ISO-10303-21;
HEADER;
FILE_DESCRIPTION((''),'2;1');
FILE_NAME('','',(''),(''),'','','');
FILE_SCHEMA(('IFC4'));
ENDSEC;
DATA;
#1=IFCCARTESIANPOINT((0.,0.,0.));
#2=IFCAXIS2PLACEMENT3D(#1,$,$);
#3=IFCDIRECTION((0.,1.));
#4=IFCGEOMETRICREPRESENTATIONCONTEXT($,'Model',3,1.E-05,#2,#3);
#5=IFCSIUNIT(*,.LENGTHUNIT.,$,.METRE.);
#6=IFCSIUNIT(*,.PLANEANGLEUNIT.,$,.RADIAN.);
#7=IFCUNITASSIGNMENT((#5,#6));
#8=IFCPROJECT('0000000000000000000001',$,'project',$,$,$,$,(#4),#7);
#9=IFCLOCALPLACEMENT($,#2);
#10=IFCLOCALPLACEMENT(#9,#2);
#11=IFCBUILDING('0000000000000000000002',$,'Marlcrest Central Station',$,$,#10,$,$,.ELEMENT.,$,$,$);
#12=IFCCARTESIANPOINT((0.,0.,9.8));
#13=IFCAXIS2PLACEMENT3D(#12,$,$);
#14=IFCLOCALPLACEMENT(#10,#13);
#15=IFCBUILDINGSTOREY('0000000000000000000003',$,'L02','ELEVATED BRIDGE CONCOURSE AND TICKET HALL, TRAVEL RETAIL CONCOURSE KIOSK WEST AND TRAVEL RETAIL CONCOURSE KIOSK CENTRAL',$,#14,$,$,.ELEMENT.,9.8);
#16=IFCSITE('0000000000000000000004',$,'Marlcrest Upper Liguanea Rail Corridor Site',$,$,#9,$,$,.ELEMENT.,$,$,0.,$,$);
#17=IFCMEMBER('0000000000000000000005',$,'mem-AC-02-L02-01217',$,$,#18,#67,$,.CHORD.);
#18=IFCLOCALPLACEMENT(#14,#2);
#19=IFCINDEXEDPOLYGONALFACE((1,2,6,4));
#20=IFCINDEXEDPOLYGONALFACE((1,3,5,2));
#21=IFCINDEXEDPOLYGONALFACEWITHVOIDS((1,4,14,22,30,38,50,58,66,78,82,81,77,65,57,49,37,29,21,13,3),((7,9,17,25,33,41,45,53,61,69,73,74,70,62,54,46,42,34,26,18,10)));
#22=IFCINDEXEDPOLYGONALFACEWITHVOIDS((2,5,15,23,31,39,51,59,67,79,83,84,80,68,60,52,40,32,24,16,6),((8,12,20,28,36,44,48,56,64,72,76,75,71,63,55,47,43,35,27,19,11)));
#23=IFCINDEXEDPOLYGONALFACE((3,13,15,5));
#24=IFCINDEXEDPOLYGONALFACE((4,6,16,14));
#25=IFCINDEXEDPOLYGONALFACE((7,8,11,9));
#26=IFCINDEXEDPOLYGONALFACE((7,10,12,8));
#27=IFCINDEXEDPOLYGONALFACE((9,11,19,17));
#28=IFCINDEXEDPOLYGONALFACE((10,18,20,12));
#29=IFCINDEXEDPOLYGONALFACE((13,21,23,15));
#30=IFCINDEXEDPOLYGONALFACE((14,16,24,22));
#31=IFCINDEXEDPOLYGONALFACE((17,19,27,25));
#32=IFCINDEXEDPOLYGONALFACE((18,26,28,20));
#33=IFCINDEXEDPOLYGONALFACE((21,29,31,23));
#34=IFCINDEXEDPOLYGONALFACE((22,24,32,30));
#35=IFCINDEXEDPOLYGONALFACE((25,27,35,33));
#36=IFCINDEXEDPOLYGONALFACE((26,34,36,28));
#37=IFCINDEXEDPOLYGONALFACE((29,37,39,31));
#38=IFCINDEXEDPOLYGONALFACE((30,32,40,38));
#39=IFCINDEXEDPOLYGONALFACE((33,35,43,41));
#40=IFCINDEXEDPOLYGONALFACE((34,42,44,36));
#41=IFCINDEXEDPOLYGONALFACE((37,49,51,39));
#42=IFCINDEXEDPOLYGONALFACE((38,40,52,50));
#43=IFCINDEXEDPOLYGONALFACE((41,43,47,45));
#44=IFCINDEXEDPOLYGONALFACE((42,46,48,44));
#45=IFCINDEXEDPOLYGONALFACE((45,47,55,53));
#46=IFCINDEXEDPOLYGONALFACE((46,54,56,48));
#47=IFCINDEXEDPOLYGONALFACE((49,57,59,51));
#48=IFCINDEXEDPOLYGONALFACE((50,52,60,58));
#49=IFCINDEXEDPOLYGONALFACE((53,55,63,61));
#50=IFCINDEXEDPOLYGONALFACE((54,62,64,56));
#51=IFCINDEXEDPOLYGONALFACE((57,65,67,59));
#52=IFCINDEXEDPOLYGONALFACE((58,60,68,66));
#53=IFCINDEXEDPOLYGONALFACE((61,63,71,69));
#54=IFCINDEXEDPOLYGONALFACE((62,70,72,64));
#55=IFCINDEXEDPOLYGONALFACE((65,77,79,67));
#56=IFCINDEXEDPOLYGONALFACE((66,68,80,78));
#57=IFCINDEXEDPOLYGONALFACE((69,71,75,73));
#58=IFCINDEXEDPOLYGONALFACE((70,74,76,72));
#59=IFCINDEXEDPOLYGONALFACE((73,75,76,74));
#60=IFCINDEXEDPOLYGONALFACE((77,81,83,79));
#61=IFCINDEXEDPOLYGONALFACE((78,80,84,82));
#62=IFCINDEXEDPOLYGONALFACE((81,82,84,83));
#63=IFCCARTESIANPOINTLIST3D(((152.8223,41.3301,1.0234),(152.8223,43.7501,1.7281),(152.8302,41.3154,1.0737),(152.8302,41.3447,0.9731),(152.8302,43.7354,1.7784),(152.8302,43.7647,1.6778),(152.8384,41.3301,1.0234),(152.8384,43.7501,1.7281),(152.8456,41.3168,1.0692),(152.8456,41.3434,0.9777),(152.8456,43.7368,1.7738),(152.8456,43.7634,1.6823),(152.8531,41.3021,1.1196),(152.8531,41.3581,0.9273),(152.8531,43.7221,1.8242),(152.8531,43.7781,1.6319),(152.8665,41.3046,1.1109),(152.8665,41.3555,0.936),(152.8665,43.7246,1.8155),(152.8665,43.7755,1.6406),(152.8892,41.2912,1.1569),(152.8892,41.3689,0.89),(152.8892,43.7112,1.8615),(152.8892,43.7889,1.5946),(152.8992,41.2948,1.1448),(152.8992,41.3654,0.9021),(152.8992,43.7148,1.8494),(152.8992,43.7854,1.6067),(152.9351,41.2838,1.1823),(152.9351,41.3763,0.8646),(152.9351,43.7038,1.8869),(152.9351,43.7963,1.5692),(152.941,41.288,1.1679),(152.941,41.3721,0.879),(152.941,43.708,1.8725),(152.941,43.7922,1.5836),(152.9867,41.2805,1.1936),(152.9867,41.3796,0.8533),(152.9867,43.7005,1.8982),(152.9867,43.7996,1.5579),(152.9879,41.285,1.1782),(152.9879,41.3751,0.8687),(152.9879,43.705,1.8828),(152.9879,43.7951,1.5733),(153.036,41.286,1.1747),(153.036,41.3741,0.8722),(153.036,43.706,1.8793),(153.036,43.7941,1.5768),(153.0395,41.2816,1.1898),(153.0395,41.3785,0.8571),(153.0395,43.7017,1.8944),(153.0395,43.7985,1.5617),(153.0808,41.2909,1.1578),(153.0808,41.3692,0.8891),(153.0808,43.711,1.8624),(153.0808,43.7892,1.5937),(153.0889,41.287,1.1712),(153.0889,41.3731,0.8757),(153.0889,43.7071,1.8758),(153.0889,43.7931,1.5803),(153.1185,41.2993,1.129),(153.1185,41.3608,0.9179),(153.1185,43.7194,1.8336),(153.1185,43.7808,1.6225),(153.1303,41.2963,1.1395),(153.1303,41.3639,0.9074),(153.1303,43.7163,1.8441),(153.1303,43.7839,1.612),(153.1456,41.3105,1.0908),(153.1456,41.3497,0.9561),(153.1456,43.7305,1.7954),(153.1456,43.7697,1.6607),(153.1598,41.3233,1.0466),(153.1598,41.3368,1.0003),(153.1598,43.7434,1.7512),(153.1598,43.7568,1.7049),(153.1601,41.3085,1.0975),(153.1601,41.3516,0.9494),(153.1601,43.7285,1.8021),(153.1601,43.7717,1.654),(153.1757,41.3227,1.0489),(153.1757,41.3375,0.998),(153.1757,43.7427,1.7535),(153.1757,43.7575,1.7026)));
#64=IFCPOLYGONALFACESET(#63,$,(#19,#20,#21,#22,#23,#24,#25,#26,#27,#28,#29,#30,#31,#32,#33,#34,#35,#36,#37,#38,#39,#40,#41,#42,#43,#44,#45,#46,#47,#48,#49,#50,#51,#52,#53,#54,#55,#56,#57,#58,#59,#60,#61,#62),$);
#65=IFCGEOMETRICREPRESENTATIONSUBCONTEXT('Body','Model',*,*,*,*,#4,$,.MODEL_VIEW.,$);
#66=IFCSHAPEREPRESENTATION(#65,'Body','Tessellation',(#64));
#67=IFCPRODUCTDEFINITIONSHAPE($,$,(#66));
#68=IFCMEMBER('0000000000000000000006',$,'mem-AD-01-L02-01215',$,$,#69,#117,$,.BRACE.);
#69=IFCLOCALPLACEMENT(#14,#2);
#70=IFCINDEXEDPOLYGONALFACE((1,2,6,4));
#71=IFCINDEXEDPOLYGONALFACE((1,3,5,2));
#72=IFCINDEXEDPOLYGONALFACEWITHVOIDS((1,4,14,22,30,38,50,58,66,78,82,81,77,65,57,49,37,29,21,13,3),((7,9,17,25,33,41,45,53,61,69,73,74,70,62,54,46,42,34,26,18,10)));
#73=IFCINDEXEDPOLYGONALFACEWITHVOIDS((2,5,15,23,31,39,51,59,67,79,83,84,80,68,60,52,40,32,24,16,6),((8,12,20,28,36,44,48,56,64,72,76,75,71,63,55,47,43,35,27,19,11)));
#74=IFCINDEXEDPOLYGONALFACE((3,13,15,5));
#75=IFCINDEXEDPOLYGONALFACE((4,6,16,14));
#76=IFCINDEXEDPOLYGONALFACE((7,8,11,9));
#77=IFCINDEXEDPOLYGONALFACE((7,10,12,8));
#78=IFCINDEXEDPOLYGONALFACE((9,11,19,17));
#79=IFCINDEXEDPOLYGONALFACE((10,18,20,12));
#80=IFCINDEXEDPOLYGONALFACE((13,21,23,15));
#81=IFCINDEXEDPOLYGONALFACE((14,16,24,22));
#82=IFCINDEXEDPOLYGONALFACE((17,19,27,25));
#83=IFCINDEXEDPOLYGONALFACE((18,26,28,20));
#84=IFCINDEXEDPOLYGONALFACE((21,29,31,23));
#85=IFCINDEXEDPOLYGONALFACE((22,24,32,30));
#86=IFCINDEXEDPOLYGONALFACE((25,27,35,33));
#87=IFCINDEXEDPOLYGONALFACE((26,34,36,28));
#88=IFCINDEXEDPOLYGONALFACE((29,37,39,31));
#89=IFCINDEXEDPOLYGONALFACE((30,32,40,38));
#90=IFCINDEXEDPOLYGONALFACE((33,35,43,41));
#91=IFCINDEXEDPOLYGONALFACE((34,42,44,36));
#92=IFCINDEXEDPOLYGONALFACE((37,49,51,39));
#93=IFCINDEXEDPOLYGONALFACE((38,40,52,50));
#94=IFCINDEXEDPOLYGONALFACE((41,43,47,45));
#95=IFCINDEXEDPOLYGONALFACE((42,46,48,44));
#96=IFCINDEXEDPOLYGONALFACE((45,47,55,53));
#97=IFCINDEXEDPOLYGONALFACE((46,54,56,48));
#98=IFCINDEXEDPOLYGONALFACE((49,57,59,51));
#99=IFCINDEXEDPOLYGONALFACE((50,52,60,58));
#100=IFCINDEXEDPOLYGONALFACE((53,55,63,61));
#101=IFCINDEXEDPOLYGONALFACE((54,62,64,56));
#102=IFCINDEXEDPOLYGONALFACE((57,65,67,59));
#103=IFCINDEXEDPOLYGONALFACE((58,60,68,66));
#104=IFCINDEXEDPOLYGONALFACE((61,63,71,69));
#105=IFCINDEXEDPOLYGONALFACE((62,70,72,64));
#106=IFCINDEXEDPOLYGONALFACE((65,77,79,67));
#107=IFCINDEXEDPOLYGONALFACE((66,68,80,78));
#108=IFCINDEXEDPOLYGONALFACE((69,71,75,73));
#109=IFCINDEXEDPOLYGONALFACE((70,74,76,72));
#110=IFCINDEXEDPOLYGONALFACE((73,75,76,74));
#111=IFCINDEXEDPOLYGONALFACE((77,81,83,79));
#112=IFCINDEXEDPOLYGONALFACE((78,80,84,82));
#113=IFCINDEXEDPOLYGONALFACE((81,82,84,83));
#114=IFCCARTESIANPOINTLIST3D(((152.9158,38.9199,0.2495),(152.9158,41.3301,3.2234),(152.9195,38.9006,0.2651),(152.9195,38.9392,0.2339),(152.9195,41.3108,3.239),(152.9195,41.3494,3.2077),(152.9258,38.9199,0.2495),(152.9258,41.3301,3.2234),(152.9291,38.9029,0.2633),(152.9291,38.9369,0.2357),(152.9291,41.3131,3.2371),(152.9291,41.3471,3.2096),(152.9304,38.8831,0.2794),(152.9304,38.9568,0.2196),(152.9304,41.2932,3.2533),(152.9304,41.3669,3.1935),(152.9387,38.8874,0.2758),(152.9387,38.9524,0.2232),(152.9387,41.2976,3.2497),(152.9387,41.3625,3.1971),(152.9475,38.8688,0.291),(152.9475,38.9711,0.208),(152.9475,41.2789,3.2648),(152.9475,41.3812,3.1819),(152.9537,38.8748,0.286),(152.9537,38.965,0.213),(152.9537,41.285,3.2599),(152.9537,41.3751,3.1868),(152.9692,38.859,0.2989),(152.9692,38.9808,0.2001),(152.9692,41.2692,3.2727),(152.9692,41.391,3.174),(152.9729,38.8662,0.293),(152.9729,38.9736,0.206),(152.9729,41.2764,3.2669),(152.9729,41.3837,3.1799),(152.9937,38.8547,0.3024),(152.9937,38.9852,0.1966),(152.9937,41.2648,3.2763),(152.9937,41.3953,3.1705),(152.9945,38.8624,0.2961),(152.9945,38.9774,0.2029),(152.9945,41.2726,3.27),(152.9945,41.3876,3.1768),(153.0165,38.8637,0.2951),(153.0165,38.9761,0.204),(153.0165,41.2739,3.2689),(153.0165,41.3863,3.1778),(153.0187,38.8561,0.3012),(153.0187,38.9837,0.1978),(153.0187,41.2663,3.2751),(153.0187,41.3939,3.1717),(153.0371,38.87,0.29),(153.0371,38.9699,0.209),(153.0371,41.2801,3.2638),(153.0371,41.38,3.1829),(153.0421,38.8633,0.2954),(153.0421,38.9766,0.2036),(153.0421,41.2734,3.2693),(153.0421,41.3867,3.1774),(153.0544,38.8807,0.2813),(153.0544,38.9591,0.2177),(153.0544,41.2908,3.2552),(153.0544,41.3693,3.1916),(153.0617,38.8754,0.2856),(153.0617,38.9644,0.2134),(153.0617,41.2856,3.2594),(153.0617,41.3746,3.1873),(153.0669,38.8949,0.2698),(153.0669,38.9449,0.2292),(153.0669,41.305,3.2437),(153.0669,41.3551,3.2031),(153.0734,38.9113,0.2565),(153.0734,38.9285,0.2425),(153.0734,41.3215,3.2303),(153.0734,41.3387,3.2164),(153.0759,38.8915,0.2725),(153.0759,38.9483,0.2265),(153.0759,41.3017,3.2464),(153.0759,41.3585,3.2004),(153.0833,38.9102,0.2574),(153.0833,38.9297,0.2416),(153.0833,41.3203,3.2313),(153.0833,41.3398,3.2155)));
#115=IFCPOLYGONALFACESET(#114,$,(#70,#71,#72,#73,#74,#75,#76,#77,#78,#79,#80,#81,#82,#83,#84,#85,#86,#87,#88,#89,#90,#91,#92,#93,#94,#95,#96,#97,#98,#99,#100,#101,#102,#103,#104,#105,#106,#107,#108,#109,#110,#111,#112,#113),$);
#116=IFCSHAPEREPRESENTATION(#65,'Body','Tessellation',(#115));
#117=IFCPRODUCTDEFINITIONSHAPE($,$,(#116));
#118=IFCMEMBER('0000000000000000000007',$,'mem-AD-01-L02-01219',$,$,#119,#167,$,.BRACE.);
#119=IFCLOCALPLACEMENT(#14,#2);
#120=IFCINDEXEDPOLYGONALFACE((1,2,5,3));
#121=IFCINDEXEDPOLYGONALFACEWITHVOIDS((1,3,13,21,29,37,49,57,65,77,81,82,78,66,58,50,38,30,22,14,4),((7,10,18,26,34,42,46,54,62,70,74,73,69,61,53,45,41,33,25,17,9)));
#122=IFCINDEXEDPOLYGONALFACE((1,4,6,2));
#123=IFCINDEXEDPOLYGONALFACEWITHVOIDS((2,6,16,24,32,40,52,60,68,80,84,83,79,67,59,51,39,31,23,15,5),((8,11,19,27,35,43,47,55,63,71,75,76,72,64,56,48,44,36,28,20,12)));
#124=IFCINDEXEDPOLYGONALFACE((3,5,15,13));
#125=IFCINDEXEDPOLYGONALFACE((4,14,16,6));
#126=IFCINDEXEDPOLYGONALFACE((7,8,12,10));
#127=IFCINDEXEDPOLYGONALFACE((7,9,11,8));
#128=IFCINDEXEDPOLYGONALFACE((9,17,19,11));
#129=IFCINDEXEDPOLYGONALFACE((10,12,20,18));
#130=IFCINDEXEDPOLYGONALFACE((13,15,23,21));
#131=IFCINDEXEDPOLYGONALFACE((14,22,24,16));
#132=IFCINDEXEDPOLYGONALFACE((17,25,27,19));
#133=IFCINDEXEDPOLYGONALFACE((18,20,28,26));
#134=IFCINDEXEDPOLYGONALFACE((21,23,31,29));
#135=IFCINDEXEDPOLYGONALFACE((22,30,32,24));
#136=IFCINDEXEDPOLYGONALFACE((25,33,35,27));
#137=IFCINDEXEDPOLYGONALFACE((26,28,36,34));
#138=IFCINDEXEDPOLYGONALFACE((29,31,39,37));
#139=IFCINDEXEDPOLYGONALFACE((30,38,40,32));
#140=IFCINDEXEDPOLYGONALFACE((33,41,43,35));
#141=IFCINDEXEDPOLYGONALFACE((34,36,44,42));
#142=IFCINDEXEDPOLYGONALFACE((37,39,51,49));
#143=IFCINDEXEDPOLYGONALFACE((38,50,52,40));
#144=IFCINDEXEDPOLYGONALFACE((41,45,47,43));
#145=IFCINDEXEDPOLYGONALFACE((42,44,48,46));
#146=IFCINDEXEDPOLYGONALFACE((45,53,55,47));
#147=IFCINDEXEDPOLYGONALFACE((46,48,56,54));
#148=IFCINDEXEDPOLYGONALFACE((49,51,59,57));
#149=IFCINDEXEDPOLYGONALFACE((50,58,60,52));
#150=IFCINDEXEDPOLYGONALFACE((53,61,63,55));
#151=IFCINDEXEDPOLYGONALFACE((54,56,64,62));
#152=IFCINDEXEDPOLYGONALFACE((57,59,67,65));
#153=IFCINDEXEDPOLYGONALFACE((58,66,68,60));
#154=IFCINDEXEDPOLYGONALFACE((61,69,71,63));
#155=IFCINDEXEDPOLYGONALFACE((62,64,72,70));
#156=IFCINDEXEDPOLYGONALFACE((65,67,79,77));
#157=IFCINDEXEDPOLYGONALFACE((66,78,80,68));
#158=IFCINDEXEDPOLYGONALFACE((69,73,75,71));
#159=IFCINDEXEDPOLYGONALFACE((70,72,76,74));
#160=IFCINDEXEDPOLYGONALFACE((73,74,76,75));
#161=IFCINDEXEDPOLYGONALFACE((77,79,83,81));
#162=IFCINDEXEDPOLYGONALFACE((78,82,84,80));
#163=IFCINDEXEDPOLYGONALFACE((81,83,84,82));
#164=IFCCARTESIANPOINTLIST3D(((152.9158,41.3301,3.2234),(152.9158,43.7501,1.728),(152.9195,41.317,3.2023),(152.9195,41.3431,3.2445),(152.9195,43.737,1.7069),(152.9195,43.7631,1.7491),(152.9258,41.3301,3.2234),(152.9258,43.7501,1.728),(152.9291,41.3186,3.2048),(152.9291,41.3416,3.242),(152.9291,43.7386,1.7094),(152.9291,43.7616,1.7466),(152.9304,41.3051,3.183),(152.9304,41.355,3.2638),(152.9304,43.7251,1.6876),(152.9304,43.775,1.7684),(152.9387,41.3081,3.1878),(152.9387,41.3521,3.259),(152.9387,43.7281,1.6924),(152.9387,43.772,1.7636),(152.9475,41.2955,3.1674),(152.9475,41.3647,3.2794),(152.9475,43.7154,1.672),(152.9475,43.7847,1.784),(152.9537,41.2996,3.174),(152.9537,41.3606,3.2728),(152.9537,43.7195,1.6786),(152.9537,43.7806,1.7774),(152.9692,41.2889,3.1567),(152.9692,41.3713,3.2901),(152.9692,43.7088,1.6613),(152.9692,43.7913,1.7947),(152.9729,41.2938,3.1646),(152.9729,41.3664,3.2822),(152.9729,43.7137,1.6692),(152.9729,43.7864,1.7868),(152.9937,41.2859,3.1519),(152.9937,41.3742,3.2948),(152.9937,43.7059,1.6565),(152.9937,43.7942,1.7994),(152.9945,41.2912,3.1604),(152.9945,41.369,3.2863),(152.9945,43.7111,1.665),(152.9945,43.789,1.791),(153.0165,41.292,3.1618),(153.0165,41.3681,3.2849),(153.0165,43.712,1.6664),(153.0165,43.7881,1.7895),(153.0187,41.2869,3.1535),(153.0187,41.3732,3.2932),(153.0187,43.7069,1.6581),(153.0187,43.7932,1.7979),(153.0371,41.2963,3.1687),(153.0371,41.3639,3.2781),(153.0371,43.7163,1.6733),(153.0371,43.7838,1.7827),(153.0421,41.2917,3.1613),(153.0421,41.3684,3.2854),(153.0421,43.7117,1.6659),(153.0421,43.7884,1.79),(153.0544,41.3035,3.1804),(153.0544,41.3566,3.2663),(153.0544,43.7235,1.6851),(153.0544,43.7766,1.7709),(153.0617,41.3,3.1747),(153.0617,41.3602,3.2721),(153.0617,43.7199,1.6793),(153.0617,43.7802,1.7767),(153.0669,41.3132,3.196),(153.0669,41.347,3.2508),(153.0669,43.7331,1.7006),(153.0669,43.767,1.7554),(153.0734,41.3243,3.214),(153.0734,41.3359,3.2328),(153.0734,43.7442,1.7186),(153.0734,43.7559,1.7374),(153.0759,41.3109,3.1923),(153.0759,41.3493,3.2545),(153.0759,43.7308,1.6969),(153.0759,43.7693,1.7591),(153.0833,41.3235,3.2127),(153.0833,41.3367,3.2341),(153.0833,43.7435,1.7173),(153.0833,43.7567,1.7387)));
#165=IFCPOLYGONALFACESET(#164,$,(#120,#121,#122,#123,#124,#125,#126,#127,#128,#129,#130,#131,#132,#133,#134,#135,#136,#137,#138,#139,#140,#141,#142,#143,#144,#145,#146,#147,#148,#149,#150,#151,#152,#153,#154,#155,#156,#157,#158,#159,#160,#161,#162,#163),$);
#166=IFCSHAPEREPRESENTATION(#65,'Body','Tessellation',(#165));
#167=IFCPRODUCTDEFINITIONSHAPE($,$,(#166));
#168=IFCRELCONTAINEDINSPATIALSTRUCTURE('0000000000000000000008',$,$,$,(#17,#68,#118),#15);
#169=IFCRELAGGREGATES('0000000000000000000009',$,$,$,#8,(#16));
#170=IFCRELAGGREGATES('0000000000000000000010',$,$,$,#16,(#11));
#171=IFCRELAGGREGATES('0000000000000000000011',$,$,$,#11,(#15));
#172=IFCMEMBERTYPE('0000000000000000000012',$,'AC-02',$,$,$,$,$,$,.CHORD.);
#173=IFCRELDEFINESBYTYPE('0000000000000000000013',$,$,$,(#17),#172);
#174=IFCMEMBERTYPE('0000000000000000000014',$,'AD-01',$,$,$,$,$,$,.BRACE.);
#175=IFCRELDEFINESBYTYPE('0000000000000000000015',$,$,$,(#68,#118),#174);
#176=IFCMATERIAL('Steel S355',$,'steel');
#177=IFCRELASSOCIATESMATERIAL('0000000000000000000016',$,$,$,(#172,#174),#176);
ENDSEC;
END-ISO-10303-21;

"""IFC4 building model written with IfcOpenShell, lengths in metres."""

from ifc_helpers import new_model, si_unit, direction, frame, origin, origin_2d, place, context, subcontext, project, spatial, hollow_circle, extrude, material, material_profile, profile_set, type_object, element, save


model = new_model("IFC4")

# Units and contexts
model_context = context("Model", 3, precision=1e-05, world=origin(), true_north=direction((0.0, 1.0)))
body_context = subcontext(model_context, "Body", "Model", "MODEL_VIEW")
ifc_project = project(units=[si_unit("LENGTHUNIT", "METRE"), si_unit("PLANEANGLEUNIT", "RADIAN")], contexts=[model_context])

# Site, building, storey
site_placement = place(None, origin())
site = spatial("IfcSite", under=ifc_project, at=site_placement, Name="Marlcrest Upper Liguanea Rail Corridor Site", CompositionType="ELEMENT", RefElevation=0.0)
building_placement = place(site_placement, origin())
building = spatial("IfcBuilding", under=site, at=building_placement, Name="Marlcrest Central Station", CompositionType="ELEMENT")
storey_placement = place(building_placement, frame((0.0, 0.0, 9.8)))
storey = spatial("IfcBuildingStorey", under=building, at=storey_placement, Name="L02", Description="ELEVATED BRIDGE CONCOURSE AND TICKET HALL, TRAVEL RETAIL CONCOURSE KIOSK WEST AND TRAVEL RETAIL CONCOURSE KIOSK CENTRAL", CompositionType="ELEMENT", Elevation=9.8)

# Members
ifc_material_1 = material(Name="Steel S355", Category="steel")
ifc_material_profile_1 = material_profile(ifc_material_1, hollow_circle(Radius=0.1777, WallThickness=0.0161, at=origin_2d()), Name="CHS 355.6x16")
ifc_profile_set_1 = profile_set([ifc_material_profile_1], Name="Steel S355")
member_type_1 = type_object("IfcMemberType", Name="AC-02", PredefinedType="CHORD", material=ifc_profile_set_1)
member_1_placement = place(storey_placement, frame((153.0, 41.3301, 1.0234), z_axis=(0.0, 0.96013, 0.279554), x_axis=(-1.0, 0.0, 0.0)))
element("IfcMember", 1, at=member_1_placement, inside=storey, type_object=member_type_1, Name="mem-AC-02-L02-01217", PredefinedType="CHORD", context=body_context, shape_type="SweptSolid", body=[
    extrude(hollow_circle(Radius=0.1777, WallThickness=0.0161, at=origin_2d()), origin(), (0.0, 0.0, 1.0), 2.5205),
])
ifc_material_profile_2 = material_profile(ifc_material_1, hollow_circle(Radius=0.0842, WallThickness=0.01, at=origin_2d()), Name="CHS 168.3x10")
ifc_profile_set_2 = profile_set([ifc_material_profile_2], Name="Steel S355")
member_type_2 = type_object("IfcMemberType", Name="AD-01", PredefinedType="BRACE", material=ifc_profile_set_2)
member_2_placement = place(storey_placement, frame((153.0, 38.9199, 0.2495), z_axis=(0.0, 0.629629, 0.776896), x_axis=(-1.0, 0.0, 0.0)))
element("IfcMember", 2, at=member_2_placement, inside=storey, type_object=member_type_2, Name="mem-AD-01-L02-01215", PredefinedType="BRACE", context=body_context, shape_type="SweptSolid", body=[
    extrude(hollow_circle(Radius=0.0842, WallThickness=0.01, at=origin_2d()), origin(), (0.0, 0.0, 1.0), 3.8279),
])
member_3_placement = place(storey_placement, frame((153.0, 41.3301, 3.2234), z_axis=(0.0, 0.850687, -0.525672), x_axis=(-1.0, 0.0, 0.0)))
element("IfcMember", 3, at=member_3_placement, inside=storey, type_object=member_type_2, Name="mem-AD-01-L02-01219", PredefinedType="BRACE", context=body_context, shape_type="SweptSolid", body=[
    extrude(hollow_circle(Radius=0.0842, WallThickness=0.01, at=origin_2d()), origin(), (0.0, 0.0, 1.0), 2.8447),
])

save(model, "model.ifc")
